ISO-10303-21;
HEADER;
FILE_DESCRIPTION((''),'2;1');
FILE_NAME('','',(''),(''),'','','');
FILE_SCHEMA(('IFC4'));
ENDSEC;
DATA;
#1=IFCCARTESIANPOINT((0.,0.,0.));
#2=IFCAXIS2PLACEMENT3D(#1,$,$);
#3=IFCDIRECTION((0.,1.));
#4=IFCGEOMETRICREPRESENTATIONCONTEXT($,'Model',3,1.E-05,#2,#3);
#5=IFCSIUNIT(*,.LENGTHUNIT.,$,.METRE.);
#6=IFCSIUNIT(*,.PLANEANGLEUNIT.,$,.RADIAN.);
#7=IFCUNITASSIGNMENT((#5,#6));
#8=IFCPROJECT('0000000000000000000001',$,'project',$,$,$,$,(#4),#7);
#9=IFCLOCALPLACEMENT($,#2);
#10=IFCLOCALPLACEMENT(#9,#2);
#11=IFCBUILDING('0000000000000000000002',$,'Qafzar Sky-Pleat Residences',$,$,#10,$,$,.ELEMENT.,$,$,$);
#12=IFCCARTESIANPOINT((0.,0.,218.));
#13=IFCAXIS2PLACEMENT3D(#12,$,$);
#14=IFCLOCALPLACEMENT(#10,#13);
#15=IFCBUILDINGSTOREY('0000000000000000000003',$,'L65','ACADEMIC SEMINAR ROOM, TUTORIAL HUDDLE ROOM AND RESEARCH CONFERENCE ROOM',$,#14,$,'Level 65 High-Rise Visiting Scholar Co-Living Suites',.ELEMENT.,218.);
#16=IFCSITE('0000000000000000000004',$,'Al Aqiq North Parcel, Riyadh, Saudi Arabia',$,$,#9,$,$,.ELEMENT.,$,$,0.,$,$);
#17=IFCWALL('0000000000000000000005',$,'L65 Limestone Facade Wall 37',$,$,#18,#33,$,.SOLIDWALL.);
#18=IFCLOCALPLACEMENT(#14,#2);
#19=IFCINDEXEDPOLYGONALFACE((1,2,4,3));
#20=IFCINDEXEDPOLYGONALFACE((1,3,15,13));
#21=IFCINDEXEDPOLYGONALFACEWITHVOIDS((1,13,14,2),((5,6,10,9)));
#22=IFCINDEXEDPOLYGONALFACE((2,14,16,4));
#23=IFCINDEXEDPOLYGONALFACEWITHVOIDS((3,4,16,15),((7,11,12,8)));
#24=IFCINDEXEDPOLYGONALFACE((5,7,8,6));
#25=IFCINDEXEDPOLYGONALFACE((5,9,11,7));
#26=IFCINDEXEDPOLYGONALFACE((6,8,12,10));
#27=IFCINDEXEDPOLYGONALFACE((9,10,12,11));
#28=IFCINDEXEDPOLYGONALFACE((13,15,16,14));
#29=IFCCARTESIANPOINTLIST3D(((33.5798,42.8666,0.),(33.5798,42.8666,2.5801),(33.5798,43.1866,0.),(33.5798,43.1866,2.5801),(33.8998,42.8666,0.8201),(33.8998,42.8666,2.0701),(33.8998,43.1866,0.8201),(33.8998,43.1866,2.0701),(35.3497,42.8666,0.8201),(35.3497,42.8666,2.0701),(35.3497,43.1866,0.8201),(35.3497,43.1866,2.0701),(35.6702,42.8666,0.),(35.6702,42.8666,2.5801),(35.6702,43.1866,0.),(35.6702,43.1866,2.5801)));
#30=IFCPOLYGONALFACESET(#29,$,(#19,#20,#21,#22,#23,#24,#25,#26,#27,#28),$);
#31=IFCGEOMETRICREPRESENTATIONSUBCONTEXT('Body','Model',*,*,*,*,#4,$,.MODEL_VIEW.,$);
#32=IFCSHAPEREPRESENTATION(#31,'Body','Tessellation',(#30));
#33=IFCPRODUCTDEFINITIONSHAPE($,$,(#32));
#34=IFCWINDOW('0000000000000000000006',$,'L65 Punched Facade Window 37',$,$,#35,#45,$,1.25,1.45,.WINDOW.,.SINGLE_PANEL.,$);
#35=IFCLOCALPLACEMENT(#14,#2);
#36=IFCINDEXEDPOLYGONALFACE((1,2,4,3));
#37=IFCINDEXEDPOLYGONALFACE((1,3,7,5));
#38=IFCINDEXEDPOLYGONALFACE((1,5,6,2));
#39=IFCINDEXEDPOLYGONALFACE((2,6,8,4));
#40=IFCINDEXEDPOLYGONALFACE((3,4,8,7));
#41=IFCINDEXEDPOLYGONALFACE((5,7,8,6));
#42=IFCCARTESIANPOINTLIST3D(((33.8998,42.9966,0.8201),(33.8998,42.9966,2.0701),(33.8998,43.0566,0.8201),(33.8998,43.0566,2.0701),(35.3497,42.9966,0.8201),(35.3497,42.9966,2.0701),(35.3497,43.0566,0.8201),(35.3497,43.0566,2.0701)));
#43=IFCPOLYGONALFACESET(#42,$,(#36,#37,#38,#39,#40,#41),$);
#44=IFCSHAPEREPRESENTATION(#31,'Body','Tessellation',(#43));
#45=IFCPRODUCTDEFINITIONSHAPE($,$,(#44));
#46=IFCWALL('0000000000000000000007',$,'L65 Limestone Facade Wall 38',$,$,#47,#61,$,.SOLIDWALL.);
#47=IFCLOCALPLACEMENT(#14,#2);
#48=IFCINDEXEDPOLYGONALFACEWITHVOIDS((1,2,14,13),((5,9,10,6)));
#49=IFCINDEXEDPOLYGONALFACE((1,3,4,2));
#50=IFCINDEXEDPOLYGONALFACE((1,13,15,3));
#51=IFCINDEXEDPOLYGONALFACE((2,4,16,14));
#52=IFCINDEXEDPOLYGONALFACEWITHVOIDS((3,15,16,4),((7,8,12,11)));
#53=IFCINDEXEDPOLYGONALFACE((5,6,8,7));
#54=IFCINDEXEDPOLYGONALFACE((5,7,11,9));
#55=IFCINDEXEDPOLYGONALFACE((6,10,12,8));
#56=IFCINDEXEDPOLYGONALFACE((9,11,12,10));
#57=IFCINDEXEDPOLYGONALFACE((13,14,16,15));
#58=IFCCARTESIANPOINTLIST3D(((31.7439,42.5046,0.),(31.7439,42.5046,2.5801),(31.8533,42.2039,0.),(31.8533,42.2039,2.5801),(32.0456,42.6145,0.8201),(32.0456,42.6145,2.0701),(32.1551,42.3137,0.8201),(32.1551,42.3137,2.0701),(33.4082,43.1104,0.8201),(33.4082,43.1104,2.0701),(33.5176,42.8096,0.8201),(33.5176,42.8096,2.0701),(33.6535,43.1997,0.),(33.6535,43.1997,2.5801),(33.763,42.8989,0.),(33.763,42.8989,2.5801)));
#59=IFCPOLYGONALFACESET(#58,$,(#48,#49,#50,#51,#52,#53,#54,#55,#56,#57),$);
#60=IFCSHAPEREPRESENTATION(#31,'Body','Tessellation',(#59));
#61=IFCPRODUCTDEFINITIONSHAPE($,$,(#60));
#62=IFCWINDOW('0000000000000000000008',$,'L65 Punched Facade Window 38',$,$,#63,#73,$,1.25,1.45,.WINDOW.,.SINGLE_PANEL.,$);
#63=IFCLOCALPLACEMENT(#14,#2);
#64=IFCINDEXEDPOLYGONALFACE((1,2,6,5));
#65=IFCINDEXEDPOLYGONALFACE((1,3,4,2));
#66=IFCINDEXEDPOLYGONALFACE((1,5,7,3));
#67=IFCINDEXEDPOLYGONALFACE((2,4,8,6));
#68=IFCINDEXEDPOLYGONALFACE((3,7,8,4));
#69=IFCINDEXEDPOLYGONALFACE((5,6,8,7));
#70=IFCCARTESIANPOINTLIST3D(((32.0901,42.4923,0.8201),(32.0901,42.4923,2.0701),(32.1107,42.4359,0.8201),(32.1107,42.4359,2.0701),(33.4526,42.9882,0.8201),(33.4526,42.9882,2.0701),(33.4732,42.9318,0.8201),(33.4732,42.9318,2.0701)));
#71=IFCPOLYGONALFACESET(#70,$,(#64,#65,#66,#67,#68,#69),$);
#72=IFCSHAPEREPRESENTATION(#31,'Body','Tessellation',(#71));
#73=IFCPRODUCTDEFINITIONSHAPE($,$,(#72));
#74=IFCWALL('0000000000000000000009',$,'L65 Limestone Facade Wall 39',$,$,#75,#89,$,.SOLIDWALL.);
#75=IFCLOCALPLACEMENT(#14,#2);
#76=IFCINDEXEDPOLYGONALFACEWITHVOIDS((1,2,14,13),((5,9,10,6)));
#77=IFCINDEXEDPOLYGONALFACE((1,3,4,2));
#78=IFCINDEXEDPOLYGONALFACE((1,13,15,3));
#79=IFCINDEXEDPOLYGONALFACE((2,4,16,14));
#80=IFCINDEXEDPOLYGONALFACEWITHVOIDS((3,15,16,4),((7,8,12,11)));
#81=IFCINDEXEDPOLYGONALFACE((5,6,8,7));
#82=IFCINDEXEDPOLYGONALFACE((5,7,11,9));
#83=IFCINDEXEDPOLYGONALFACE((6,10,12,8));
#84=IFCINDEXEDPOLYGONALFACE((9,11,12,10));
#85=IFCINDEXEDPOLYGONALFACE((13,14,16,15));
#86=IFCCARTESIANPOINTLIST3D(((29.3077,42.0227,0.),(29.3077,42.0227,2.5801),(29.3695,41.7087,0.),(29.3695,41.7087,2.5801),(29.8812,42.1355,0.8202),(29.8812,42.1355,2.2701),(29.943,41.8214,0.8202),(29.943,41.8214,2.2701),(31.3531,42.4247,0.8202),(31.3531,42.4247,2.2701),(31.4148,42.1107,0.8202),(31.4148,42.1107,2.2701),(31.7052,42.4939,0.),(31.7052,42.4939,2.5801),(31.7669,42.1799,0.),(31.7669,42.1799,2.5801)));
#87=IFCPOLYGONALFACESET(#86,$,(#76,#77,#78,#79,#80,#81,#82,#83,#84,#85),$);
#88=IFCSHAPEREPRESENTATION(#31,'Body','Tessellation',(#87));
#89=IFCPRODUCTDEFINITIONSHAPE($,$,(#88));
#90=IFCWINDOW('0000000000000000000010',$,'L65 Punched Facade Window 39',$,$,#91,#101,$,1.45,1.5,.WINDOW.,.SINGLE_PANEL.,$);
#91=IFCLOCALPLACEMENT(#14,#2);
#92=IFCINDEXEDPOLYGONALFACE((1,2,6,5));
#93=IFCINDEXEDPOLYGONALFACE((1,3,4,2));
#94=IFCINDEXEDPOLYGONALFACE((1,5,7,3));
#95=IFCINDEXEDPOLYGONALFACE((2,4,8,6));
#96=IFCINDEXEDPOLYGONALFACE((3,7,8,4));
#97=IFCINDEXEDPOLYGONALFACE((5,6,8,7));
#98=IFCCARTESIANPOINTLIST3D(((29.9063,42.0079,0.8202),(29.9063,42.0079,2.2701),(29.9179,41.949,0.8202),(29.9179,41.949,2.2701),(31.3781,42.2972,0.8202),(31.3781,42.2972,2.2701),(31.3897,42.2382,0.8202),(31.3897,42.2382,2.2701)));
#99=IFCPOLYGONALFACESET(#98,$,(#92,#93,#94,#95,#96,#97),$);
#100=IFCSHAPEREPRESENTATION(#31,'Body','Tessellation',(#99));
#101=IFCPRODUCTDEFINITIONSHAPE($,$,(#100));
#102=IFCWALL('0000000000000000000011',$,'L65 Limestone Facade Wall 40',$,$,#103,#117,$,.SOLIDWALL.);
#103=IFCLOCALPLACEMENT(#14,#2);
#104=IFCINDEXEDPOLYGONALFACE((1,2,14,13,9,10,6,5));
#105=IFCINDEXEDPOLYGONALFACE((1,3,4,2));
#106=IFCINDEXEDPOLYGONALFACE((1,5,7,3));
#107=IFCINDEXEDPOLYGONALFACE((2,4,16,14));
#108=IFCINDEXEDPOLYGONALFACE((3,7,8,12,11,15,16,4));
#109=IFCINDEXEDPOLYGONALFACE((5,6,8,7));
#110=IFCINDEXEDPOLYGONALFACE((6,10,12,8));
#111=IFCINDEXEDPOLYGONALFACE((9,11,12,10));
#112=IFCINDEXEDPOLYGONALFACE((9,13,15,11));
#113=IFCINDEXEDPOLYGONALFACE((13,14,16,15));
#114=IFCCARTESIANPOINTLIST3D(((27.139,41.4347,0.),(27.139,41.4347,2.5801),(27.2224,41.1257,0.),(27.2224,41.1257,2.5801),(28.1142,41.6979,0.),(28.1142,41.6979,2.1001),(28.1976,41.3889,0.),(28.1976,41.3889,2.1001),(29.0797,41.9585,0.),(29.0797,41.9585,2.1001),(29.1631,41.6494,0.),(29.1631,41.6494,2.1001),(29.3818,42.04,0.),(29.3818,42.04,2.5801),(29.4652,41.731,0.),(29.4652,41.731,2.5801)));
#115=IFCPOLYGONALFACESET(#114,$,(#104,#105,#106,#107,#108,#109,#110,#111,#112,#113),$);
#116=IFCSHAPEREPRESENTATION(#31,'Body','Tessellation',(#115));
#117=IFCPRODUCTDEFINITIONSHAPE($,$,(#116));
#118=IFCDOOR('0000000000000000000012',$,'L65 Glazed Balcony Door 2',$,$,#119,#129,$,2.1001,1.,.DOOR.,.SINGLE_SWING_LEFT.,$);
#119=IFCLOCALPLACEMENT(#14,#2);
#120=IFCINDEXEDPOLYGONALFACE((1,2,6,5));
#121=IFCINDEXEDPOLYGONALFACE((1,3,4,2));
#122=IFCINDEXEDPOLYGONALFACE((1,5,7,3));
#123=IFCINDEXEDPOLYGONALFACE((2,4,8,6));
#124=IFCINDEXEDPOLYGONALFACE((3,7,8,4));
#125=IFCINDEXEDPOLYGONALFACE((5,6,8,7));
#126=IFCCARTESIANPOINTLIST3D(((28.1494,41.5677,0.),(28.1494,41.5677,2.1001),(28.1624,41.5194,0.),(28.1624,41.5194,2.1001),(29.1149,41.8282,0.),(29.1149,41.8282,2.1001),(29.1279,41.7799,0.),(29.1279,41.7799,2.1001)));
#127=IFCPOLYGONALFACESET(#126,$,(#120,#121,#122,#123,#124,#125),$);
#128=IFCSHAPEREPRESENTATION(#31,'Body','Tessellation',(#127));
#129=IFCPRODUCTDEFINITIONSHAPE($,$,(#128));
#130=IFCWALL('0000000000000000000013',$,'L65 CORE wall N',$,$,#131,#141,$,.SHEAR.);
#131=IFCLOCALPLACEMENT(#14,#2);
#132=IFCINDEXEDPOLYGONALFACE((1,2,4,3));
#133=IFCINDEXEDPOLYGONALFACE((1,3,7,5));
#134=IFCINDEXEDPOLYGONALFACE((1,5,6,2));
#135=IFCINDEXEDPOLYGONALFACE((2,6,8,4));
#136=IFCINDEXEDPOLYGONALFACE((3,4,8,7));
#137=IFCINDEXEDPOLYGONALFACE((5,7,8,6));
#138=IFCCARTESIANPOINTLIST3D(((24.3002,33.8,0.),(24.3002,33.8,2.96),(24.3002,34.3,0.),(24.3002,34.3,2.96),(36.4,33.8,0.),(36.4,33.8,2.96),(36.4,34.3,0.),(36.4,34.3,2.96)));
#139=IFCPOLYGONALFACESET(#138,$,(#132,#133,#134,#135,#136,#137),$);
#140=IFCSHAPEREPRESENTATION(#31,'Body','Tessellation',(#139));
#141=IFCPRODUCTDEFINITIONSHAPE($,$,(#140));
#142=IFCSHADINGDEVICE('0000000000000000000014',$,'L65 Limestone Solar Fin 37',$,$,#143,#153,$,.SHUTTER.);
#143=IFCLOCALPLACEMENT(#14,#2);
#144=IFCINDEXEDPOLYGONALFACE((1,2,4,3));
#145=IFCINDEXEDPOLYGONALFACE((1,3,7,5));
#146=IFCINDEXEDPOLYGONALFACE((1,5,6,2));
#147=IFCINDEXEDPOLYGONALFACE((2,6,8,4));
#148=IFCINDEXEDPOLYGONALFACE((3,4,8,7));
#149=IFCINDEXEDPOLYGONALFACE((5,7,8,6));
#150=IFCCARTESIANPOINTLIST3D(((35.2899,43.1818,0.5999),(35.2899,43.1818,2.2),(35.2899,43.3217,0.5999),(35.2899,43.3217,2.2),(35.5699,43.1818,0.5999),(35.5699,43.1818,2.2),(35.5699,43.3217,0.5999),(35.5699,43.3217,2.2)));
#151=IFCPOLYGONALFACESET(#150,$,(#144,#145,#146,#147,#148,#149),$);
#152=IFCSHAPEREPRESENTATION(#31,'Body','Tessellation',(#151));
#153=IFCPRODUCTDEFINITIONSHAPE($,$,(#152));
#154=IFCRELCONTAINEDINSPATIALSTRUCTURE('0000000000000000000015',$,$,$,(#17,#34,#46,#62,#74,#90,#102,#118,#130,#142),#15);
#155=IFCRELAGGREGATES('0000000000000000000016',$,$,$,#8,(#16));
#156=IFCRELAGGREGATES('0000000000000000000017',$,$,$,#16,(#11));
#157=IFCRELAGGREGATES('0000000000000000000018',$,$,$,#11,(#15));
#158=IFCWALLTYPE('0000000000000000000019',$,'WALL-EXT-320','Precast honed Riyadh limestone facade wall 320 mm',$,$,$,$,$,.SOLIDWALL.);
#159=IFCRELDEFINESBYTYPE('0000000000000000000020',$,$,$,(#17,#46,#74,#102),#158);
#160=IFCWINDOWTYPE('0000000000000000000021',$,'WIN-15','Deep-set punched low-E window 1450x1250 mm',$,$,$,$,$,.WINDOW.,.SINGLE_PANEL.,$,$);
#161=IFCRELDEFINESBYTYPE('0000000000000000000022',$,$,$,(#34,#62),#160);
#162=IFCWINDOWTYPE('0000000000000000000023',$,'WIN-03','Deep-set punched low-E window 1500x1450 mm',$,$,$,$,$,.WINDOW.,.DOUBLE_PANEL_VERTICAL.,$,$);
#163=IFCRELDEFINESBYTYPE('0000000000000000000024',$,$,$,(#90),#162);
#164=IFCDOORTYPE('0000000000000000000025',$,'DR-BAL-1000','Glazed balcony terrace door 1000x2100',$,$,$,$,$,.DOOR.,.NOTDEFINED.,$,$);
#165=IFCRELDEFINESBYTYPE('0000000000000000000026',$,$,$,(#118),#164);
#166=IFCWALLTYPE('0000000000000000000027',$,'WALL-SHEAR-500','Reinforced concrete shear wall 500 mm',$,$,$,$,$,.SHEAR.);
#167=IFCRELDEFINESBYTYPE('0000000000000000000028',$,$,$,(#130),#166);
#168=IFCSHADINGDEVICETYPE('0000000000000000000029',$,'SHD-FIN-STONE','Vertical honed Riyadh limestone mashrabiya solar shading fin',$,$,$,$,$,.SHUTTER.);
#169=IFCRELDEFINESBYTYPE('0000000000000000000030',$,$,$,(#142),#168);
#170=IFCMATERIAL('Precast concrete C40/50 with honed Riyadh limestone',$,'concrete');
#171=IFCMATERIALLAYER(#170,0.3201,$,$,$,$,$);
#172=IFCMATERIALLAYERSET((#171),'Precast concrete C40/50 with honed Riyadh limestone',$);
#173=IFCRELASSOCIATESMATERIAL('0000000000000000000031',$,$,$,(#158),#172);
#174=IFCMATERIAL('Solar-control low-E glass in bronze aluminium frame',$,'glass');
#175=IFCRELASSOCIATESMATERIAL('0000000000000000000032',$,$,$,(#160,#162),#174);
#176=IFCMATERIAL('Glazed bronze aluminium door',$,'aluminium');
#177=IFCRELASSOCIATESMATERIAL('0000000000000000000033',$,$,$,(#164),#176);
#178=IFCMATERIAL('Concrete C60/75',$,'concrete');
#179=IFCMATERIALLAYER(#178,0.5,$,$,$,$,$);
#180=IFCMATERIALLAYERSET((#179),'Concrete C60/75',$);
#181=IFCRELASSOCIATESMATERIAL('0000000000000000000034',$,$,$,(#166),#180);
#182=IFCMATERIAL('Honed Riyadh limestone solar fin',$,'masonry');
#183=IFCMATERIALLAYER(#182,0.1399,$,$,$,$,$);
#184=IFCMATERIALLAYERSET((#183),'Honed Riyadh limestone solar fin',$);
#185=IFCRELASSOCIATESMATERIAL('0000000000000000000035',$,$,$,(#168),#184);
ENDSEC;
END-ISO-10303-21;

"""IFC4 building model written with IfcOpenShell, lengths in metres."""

from ifc_helpers import new_model, si_unit, direction, frame, frame_2d, origin, origin_2d, place, context, subcontext, project, spatial, rectangle, extrude, source, transform, mapped, material, layer, layer_set, type_object, element, fill, save


model = new_model("IFC4")

# Units and contexts
model_context = context("Model", 3, precision=1e-05, world=origin(), true_north=direction((0.0, 1.0)))
body_context = subcontext(model_context, "Body", "Model", "MODEL_VIEW")
ifc_project = project(units=[si_unit("LENGTHUNIT", "METRE"), si_unit("PLANEANGLEUNIT", "RADIAN")], contexts=[model_context])

# Site, building, storey
site_placement = place(None, origin())
site = spatial("IfcSite", under=ifc_project, at=site_placement, Name="Al Aqiq North Parcel, Riyadh, Saudi Arabia", CompositionType="ELEMENT", RefElevation=0.0)
building_placement = place(site_placement, origin())
building = spatial("IfcBuilding", under=site, at=building_placement, Name="Qafzar Sky-Pleat Residences", CompositionType="ELEMENT")
storey_placement = place(building_placement, frame((0.0, 0.0, 218.0)))
storey = spatial("IfcBuildingStorey", under=building, at=storey_placement, Name="L65", Description="ACADEMIC SEMINAR ROOM, TUTORIAL HUDDLE ROOM AND RESEARCH CONFERENCE ROOM", LongName="Level 65 High-Rise Visiting Scholar Co-Living Suites", CompositionType="ELEMENT", Elevation=218.0)

# Walls, openings, windows
ifc_material_1 = material(Name="Precast concrete C40/50 with honed Riyadh limestone", Category="concrete")
ifc_layer_1 = layer(ifc_material_1, 0.3201)
ifc_layer_set_1 = layer_set([ifc_layer_1], Name="Precast concrete C40/50 with honed Riyadh limestone")
wall_type_1 = type_object("IfcWallType", Name="WALL-EXT-320", Description="Precast honed Riyadh limestone facade wall 320 mm", PredefinedType="SOLIDWALL", material=ifc_layer_set_1)
wall_1_placement = place(storey_placement, frame((35.6702, 43.0266, 0.0), z_axis=(0.0, 0.0, 1.0), x_axis=(-1.0, 0.0, 0.0)))
wall_1 = element("IfcWall", 1, at=wall_1_placement, inside=storey, type_object=wall_type_1, Name="L65 Limestone Facade Wall 37", PredefinedType="SOLIDWALL", context=body_context, shape_type="SweptSolid", body=[
    extrude(rectangle(XDim=2.0903, YDim=0.3201, at=frame_2d((1.0452, 0.0))), origin(), (0.0, 0.0, 1.0), 2.5801),
])
opening_1_placement = place(wall_1_placement, frame((0.3203, 0.0, 0.8201)))
opening_1 = element("IfcOpeningElement", 2, at=opening_1_placement, cuts=wall_1, PredefinedType="OPENING", context=body_context, shape_type="SweptSolid", body=[
    extrude(rectangle(XDim=1.45, YDim=1.25, at=frame_2d((0.7251, 0.625))), frame((0.0, 0.1699, 0.0), z_axis=(0.0, -1.0, 0.0), x_axis=(1.0, 0.0, 0.0)), (0.0, 0.0, 1.0), 0.3401),
])
ifc_material_2 = material(Name="Solar-control low-E glass in bronze aluminium frame", Category="glass")
window_type_1 = type_object("IfcWindowType", Name="WIN-15", Description="Deep-set punched low-E window 1450x1250 mm", PartitioningType="SINGLE_PANEL", PredefinedType="WINDOW", material=ifc_material_2)
shared_shape_1 = source(origin(), body_context, "Body", "SweptSolid", [
    extrude(rectangle(XDim=1.45, YDim=1.25, at=frame_2d((0.7251, 0.625))), frame((0.0, 0.03, 0.0), z_axis=(0.0, -1.0, 0.0), x_axis=(1.0, 0.0, 0.0)), (0.0, 0.0, 1.0), 0.0601),
])
window_1_placement = place(opening_1_placement, origin())
window_1 = element("IfcWindow", 3, at=window_1_placement, inside=storey, type_object=window_type_1, Name="L65 Punched Facade Window 37", OverallHeight=1.25, OverallWidth=1.45, PartitioningType="SINGLE_PANEL", PredefinedType="WINDOW", context=body_context, shape_type="MappedRepresentation", body=[
    mapped(shared_shape_1, transform((0.0, 0.0, 0.0), x_axis=(1.0, 0.0, 0.0), y_axis=(0.0, 1.0, 0.0), z_axis=(0.0, 0.0, 1.0), scale=1.0)),
])
fill(opening_1, window_1)
wall_2_placement = place(storey_placement, frame((33.7083, 43.0493, 0.0), z_axis=(0.0, 0.0, 1.0), x_axis=(-0.939692, -0.342023, 0.0)))
wall_2 = element("IfcWall", 4, at=wall_2_placement, inside=storey, type_object=wall_type_1, Name="L65 Limestone Facade Wall 38", PredefinedType="SOLIDWALL", context=body_context, shape_type="SweptSolid", body=[
    extrude(rectangle(XDim=2.0322, YDim=0.3201, at=frame_2d((1.0161, 0.0))), origin(), (0.0, 0.0, 1.0), 2.5801),
])
opening_2_placement = place(wall_2_placement, frame((0.261, 0.0, 0.8201)))
opening_2 = element("IfcOpeningElement", 5, at=opening_2_placement, cuts=wall_2, PredefinedType="OPENING", context=body_context, shape_type="SweptSolid", body=[
    extrude(rectangle(XDim=1.45, YDim=1.25, at=frame_2d((0.7251, 0.625))), frame((0.0, 0.1699, 0.0), z_axis=(0.0, -1.0, 0.0), x_axis=(1.0, 0.0, 0.0)), (0.0, 0.0, 1.0), 0.3401),
])
window_2_placement = place(opening_2_placement, origin())
window_2 = element("IfcWindow", 6, at=window_2_placement, inside=storey, type_object=window_type_1, Name="L65 Punched Facade Window 38", OverallHeight=1.25, OverallWidth=1.45, PartitioningType="SINGLE_PANEL", PredefinedType="WINDOW", context=body_context, shape_type="MappedRepresentation", body=[
    mapped(shared_shape_1, transform((0.0, 0.0, 0.0), x_axis=(1.0, 0.0, 0.0), y_axis=(0.0, 1.0, 0.0), z_axis=(0.0, 0.0, 1.0), scale=1.0)),
])
fill(opening_2, window_2)
wall_3_placement = place(storey_placement, frame((31.7361, 42.3369, 0.0), z_axis=(0.0, 0.0, 1.0), x_axis=(-0.981229, -0.192848, 0.0)))
wall_3 = element("IfcWall", 7, at=wall_3_placement, inside=storey, type_object=wall_type_1, Name="L65 Limestone Facade Wall 39", PredefinedType="SOLIDWALL", context=body_context, shape_type="SweptSolid", body=[
    extrude(rectangle(XDim=2.4434, YDim=0.3201, at=frame_2d((1.2217, 0.0))), origin(), (0.0, 0.0, 1.0), 2.5801),
])
opening_3_placement = place(wall_3_placement, frame((0.3589, 0.0, 0.8201)))
opening_3 = element("IfcOpeningElement", 8, at=opening_3_placement, cuts=wall_3, PredefinedType="OPENING", context=body_context, shape_type="SweptSolid", body=[
    extrude(rectangle(XDim=1.5, YDim=1.45, at=frame_2d((0.75, 0.7251))), frame((0.0, 0.1699, 0.0), z_axis=(0.0, -1.0, 0.0), x_axis=(1.0, 0.0, 0.0)), (0.0, 0.0, 1.0), 0.3401),
])
window_type_2 = type_object("IfcWindowType", Name="WIN-03", Description="Deep-set punched low-E window 1500x1450 mm", PartitioningType="DOUBLE_PANEL_VERTICAL", PredefinedType="WINDOW", material=ifc_material_2)
shared_shape_2 = source(origin(), body_context, "Body", "SweptSolid", [
    extrude(rectangle(XDim=1.5, YDim=1.45, at=frame_2d((0.75, 0.7251))), frame((0.0, 0.03, 0.0), z_axis=(0.0, -1.0, 0.0), x_axis=(1.0, 0.0, 0.0)), (0.0, 0.0, 1.0), 0.0601),
])
window_3_placement = place(opening_3_placement, origin())
window_3 = element("IfcWindow", 9, at=window_3_placement, inside=storey, type_object=window_type_2, Name="L65 Punched Facade Window 39", OverallHeight=1.45, OverallWidth=1.5, PartitioningType="SINGLE_PANEL", PredefinedType="WINDOW", context=body_context, shape_type="MappedRepresentation", body=[
    mapped(shared_shape_2, transform((0.0, 0.0, 0.0), x_axis=(1.0, 0.0, 0.0), y_axis=(0.0, 1.0, 0.0), z_axis=(0.0, 0.0, 1.0), scale=1.0)),
])
fill(opening_3, window_3)

# Wall, opening, door
wall_4_placement = place(storey_placement, frame((29.4236, 41.8855, 0.0), z_axis=(0.0, 0.0, 1.0), x_axis=(-0.965461, -0.260546, 0.0)))
wall_4 = element("IfcWall", 10, at=wall_4_placement, inside=storey, type_object=wall_type_1, Name="L65 Limestone Facade Wall 40", PredefinedType="SOLIDWALL", context=body_context, shape_type="SweptSolid", body=[
    extrude(rectangle(XDim=2.323, YDim=0.3201, at=frame_2d((1.1616, 0.0))), origin(), (0.0, 0.0, 1.0), 2.5801),
])
opening_4_placement = place(wall_4_placement, frame((0.313, 0.0, 0.0)))
opening_4 = element("IfcOpeningElement", 11, at=opening_4_placement, cuts=wall_4, PredefinedType="OPENING", context=body_context, shape_type="SweptSolid", body=[
    extrude(rectangle(XDim=1.0, YDim=2.1001, at=frame_2d((0.5, 1.05))), frame((0.0, 0.1699, 0.0), z_axis=(0.0, -1.0, 0.0), x_axis=(1.0, 0.0, 0.0)), (0.0, 0.0, 1.0), 0.3401),
])
ifc_material_3 = material(Name="Glazed bronze aluminium door", Category="aluminium")
door_type_1 = type_object("IfcDoorType", Name="DR-BAL-1000", Description="Glazed balcony terrace door 1000x2100", OperationType="NOTDEFINED", PredefinedType="DOOR", material=ifc_material_3)
shared_shape_3 = source(origin(), body_context, "Body", "SweptSolid", [
    extrude(rectangle(XDim=1.0, YDim=2.1001, at=frame_2d((0.5, 1.05))), frame((0.0, 0.0249, 0.0), z_axis=(0.0, -1.0, 0.0), x_axis=(1.0, 0.0, 0.0)), (0.0, 0.0, 1.0), 0.05),
])
door_1_placement = place(opening_4_placement, origin())
door_1 = element("IfcDoor", 12, at=door_1_placement, inside=storey, type_object=door_type_1, Name="L65 Glazed Balcony Door 2", OperationType="SINGLE_SWING_LEFT", OverallHeight=2.1001, OverallWidth=1.0, PredefinedType="DOOR", context=body_context, shape_type="MappedRepresentation", body=[
    mapped(shared_shape_3, transform((0.0, 0.0, 0.0), x_axis=(1.0, 0.0, 0.0), y_axis=(0.0, 1.0, 0.0), z_axis=(0.0, 0.0, 1.0), scale=1.0)),
])
fill(opening_4, door_1)

# Wall
ifc_material_4 = material(Name="Concrete C60/75", Category="concrete")
ifc_layer_2 = layer(ifc_material_4, 0.5)
ifc_layer_set_2 = layer_set([ifc_layer_2], Name="Concrete C60/75")
wall_type_2 = type_object("IfcWallType", Name="WALL-SHEAR-500", Description="Reinforced concrete shear wall 500 mm", PredefinedType="SHEAR", material=ifc_layer_set_2)
wall_5_placement = place(storey_placement, frame((36.3999, 34.05, 0.0), z_axis=(0.0, 0.0, 1.0), x_axis=(-1.0, 0.0, 0.0)))
element("IfcWall", 13, at=wall_5_placement, inside=storey, type_object=wall_type_2, Name="L65 CORE wall N", PredefinedType="SHEAR", context=body_context, shape_type="SweptSolid", body=[
    extrude(rectangle(XDim=12.0999, YDim=0.5, at=frame_2d((6.0498, 0.0))), origin(), (0.0, 0.0, 1.0), 2.96),
])

# Shading device
ifc_material_5 = material(Name="Honed Riyadh limestone solar fin", Category="masonry")
ifc_layer_3 = layer(ifc_material_5, 0.1399)
ifc_layer_set_3 = layer_set([ifc_layer_3], Name="Honed Riyadh limestone solar fin")
shading_device_type = type_object("IfcShadingDeviceType", Name="SHD-FIN-STONE", Description="Vertical honed Riyadh limestone mashrabiya solar shading fin", PredefinedType="SHUTTER", material=ifc_layer_set_3)
shared_shape_4 = source(origin(), body_context, "Body", "SweptSolid", [
    extrude(rectangle(XDim=0.1399, YDim=0.28, at=origin_2d()), origin(), (0.0, 0.0, 1.0), 1.6001),
])
shading_device_placement = place(storey_placement, frame((35.4299, 43.2517, 0.5999), z_axis=(0.0, 0.0, 1.0), x_axis=(0.0, 1.0, 0.0)))
element("IfcShadingDevice", 14, at=shading_device_placement, inside=storey, type_object=shading_device_type, Name="L65 Limestone Solar Fin 37", PredefinedType="SHUTTER", context=body_context, shape_type="MappedRepresentation", body=[
    mapped(shared_shape_4, transform((0.0, 0.0, 0.0), x_axis=(1.0, 0.0, 0.0), y_axis=(0.0, 1.0, 0.0), z_axis=(0.0, 0.0, 1.0), scale=1.0)),
])

save(model, "model.ifc")
